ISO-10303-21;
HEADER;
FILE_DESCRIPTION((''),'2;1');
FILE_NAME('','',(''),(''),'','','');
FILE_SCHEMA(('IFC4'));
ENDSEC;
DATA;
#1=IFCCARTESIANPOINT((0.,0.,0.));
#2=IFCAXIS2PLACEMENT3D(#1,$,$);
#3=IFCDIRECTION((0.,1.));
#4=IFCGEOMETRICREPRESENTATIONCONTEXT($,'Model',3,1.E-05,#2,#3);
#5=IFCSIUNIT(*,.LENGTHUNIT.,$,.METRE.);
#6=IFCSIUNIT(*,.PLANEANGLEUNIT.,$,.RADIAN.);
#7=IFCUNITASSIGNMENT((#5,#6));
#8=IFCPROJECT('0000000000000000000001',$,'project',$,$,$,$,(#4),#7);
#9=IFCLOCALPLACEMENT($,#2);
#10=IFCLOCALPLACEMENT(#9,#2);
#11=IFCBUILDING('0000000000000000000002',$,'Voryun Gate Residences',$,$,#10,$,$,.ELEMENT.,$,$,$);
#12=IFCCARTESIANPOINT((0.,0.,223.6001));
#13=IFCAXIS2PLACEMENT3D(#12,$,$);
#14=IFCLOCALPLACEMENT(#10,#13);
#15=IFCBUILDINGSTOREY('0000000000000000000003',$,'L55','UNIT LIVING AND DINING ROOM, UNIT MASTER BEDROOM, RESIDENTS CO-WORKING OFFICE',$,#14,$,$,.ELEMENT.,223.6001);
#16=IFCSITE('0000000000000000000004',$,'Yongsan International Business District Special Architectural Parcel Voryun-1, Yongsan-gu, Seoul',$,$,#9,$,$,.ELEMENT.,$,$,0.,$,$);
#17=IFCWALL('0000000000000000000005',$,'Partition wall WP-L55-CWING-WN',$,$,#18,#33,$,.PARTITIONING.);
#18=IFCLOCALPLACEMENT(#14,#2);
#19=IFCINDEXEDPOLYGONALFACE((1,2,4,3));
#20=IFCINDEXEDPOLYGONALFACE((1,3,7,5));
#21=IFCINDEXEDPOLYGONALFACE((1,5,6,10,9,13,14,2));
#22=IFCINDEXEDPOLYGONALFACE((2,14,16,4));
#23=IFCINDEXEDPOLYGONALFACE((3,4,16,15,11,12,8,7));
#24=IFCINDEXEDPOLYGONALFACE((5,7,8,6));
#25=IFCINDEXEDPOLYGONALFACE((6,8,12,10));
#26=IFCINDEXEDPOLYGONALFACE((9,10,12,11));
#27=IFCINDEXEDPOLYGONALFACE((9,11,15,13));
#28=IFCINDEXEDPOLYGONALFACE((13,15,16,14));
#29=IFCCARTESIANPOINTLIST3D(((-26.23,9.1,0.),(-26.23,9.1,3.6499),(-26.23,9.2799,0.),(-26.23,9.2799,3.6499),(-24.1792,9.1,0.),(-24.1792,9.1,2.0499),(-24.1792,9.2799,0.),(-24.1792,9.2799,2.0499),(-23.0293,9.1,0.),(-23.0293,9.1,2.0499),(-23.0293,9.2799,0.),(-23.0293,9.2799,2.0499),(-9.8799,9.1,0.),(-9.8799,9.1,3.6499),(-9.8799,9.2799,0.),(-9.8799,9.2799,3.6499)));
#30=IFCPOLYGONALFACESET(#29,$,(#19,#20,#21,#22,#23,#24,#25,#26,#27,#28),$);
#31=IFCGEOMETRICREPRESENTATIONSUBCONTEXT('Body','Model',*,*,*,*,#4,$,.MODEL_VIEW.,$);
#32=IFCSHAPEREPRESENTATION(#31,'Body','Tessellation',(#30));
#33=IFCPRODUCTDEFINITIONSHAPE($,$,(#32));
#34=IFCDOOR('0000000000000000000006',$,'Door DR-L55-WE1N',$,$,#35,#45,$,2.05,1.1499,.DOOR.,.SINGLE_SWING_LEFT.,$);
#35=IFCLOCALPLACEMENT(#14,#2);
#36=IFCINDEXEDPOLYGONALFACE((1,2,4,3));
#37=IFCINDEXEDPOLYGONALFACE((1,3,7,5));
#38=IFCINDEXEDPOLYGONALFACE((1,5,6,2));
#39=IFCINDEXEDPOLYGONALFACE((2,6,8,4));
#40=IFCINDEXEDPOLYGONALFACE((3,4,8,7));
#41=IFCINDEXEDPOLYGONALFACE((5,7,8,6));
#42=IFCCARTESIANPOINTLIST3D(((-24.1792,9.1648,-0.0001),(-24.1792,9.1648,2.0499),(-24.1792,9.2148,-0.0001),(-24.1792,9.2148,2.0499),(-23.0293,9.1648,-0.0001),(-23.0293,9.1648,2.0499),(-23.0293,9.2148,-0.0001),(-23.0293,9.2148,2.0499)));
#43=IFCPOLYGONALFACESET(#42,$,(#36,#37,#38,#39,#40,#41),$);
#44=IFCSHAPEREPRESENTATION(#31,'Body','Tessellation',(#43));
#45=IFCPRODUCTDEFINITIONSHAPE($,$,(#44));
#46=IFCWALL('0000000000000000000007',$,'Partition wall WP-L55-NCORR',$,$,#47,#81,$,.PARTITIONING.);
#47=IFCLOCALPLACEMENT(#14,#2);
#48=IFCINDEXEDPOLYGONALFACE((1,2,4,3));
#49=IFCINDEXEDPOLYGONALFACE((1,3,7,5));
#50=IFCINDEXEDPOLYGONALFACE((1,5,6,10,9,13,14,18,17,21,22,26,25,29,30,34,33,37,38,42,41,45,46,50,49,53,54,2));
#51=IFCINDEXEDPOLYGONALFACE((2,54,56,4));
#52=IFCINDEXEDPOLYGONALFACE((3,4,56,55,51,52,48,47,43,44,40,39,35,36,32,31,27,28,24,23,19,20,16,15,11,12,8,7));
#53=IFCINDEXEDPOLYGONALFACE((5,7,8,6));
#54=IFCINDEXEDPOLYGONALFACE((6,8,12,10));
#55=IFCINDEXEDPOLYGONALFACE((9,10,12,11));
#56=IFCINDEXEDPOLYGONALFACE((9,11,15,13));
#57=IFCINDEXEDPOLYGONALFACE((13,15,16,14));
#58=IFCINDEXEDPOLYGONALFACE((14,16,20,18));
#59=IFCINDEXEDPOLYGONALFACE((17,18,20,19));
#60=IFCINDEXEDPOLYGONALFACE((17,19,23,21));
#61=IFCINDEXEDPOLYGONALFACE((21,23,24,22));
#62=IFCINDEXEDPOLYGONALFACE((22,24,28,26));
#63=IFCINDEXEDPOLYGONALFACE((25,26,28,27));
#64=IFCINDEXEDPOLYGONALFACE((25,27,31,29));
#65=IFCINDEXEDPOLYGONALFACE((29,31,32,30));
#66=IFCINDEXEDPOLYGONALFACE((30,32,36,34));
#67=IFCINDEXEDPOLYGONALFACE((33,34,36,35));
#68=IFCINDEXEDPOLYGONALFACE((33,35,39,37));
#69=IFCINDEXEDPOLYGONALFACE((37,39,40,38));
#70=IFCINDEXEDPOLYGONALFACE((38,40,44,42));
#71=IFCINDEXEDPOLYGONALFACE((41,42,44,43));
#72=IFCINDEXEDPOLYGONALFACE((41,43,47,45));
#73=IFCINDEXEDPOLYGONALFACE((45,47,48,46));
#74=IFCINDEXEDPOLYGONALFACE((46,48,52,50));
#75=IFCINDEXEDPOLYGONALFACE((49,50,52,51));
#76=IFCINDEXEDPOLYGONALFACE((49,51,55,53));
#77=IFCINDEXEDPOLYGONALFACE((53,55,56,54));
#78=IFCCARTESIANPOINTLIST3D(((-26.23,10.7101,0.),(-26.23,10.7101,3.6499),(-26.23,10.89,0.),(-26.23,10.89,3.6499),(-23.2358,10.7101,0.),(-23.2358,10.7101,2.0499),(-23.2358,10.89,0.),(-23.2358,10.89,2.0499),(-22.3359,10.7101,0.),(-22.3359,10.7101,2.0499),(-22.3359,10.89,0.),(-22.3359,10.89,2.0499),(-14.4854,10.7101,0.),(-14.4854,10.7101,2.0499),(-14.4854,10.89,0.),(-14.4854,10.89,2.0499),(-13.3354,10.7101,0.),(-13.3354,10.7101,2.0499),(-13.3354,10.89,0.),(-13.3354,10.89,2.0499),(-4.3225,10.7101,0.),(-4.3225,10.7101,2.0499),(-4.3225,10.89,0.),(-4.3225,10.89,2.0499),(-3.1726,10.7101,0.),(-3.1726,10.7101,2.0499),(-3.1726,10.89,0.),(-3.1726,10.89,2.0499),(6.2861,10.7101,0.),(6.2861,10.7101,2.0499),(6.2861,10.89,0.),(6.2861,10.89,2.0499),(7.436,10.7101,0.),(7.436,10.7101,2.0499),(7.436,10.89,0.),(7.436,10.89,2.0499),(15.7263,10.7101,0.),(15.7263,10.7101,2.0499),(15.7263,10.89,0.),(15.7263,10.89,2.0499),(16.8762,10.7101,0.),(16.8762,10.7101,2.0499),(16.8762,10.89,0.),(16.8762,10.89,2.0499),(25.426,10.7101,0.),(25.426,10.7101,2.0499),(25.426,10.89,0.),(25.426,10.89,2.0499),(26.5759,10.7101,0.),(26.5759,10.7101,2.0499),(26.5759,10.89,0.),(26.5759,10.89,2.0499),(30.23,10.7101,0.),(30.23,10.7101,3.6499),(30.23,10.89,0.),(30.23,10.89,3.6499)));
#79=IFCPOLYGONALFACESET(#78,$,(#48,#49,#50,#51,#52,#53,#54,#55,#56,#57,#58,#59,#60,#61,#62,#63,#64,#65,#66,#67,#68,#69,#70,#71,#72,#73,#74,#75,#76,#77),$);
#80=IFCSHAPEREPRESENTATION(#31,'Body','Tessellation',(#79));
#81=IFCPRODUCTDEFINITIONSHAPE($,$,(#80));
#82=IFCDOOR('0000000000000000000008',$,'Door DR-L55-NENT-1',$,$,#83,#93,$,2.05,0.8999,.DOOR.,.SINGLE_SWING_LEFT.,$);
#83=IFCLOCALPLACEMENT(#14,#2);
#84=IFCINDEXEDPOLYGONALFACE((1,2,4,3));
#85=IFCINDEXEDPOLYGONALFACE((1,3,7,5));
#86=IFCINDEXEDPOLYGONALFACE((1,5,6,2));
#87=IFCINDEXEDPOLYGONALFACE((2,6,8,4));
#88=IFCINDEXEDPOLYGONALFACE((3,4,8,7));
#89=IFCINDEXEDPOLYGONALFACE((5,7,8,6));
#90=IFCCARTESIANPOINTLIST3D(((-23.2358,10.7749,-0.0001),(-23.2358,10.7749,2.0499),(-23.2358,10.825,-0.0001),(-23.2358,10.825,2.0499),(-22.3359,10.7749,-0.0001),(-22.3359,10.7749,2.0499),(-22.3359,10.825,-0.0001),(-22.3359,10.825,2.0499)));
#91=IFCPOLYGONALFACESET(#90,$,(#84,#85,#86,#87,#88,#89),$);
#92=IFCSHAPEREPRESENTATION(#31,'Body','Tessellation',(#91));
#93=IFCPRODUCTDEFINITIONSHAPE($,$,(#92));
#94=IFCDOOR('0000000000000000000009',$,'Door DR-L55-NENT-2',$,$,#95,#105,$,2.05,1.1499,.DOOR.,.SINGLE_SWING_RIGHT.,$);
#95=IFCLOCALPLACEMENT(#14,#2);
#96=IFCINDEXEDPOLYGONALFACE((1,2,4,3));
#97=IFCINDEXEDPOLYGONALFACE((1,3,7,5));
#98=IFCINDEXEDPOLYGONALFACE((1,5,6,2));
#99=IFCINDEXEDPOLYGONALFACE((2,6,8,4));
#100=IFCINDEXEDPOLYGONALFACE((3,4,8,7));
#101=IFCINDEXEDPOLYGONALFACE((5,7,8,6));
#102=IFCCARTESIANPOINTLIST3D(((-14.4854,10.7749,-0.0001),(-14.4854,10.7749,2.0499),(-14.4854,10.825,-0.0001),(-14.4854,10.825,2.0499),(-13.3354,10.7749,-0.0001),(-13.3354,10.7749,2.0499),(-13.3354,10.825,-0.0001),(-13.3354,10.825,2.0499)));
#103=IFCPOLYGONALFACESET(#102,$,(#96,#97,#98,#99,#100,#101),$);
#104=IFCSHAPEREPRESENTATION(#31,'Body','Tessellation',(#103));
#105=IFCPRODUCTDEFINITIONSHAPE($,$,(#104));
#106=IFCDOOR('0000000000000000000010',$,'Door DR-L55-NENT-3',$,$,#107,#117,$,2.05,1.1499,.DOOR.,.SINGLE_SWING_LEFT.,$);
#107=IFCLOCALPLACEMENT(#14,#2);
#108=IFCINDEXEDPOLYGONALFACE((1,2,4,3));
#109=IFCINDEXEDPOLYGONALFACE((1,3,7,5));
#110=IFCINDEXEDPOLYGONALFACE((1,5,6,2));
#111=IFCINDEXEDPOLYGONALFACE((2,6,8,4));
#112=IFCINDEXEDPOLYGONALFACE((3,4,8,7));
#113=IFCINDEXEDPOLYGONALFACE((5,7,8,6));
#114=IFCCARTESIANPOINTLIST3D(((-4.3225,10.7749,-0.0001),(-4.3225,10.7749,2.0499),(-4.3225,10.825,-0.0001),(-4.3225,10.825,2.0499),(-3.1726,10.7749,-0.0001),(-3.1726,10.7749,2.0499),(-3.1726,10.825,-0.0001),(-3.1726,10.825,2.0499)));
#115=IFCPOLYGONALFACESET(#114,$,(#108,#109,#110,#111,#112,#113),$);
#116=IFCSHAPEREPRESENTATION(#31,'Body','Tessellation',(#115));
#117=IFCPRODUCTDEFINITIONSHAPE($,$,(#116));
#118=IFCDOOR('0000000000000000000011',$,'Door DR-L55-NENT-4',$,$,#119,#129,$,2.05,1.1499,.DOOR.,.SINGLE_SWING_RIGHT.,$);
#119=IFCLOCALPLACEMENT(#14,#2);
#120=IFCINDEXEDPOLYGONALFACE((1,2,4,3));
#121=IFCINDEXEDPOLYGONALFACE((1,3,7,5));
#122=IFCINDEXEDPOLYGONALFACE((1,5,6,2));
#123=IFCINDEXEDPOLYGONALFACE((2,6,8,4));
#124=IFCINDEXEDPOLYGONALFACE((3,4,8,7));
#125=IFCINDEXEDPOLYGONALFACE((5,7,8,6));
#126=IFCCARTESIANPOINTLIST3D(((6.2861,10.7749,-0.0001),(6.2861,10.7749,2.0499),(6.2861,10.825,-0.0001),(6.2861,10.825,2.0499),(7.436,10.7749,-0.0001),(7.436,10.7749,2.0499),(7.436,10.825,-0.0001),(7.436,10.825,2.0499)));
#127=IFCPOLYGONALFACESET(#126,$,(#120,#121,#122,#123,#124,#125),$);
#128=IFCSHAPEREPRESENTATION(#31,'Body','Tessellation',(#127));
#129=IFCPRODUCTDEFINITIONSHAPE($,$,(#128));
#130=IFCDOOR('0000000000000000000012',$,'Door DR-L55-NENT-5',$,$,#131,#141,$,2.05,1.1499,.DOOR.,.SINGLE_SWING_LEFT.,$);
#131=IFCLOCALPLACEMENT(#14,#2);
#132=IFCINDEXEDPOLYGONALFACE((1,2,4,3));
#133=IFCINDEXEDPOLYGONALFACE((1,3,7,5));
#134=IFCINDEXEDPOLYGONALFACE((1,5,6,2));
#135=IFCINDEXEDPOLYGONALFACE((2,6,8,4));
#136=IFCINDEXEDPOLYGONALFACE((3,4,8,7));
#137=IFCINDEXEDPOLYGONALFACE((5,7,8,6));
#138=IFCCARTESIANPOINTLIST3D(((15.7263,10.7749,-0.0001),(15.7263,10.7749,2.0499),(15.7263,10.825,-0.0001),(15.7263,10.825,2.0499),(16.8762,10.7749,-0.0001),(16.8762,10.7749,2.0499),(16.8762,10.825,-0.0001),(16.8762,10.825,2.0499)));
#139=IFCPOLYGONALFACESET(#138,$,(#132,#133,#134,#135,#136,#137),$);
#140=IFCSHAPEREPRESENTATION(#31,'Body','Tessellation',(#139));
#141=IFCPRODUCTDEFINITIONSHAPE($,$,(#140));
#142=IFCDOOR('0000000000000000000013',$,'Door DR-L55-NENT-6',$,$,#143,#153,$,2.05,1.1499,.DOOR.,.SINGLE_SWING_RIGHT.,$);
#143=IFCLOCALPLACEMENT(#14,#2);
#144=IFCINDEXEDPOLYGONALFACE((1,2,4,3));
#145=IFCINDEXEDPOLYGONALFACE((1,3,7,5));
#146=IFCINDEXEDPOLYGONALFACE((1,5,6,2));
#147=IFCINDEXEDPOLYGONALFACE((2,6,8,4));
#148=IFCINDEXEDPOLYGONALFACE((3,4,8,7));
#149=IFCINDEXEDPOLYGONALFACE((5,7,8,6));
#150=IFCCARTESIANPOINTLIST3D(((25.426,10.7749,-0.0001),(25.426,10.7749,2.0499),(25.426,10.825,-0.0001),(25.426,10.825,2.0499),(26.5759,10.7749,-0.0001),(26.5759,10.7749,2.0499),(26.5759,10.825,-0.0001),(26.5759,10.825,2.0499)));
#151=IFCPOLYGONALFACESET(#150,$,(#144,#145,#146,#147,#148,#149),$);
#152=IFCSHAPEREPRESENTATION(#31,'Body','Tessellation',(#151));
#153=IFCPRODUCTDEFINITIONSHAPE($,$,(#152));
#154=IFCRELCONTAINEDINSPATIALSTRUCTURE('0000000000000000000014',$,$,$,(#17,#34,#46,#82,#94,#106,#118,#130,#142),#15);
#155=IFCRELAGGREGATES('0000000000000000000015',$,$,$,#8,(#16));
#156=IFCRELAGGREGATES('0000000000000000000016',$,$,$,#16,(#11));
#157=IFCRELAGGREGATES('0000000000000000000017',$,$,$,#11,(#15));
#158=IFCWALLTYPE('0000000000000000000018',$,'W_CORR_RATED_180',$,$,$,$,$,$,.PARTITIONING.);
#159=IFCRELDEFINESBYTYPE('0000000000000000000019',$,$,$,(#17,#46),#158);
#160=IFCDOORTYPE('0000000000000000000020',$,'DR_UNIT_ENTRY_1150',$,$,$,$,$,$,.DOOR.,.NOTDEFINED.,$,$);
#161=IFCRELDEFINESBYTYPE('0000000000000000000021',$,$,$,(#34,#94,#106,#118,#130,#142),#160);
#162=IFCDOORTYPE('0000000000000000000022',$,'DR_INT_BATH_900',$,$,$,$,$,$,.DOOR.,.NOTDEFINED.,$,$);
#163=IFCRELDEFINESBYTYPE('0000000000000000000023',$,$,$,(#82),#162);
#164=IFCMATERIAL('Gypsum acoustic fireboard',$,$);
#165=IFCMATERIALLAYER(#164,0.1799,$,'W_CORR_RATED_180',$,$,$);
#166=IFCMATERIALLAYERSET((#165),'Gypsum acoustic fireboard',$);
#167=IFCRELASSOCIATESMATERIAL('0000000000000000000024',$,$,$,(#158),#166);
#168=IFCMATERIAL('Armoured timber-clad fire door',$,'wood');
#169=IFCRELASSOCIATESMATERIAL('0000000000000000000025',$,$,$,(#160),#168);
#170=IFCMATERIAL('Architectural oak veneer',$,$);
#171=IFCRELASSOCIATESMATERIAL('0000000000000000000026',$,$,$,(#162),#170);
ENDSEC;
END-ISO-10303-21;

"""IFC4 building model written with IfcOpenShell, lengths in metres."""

from ifc_helpers import new_model, si_unit, direction, frame, frame_2d, origin, place, context, subcontext, project, spatial, rectangle, extrude, material, layer, layer_set, type_object, element, fill, save


model = new_model("IFC4")

# Units and contexts
model_context = context("Model", 3, precision=1e-05, world=origin(), true_north=direction((0.0, 1.0)))
body_context = subcontext(model_context, "Body", "Model", "MODEL_VIEW")
ifc_project = project(units=[si_unit("LENGTHUNIT", "METRE"), si_unit("PLANEANGLEUNIT", "RADIAN")], contexts=[model_context])

# Site, building, storey
site_placement = place(None, origin())
site = spatial("IfcSite", under=ifc_project, at=site_placement, Name="Yongsan International Business District Special Architectural Parcel Voryun-1, Yongsan-gu, Seoul", CompositionType="ELEMENT", RefElevation=0.0)
building_placement = place(site_placement, origin())
building = spatial("IfcBuilding", under=site, at=building_placement, Name="Voryun Gate Residences", CompositionType="ELEMENT")
storey_placement = place(building_placement, frame((0.0, 0.0, 223.6001)))
storey = spatial("IfcBuildingStorey", under=building, at=storey_placement, Name="L55", Description="UNIT LIVING AND DINING ROOM, UNIT MASTER BEDROOM, RESIDENTS CO-WORKING OFFICE", CompositionType="ELEMENT", Elevation=223.6001)

# Wall, opening, door
ifc_material_1 = material(Name="Gypsum acoustic fireboard")
ifc_layer_1 = layer(ifc_material_1, 0.1799, Name="W_CORR_RATED_180")
ifc_layer_set_1 = layer_set([ifc_layer_1], Name="Gypsum acoustic fireboard")
wall_type_1 = type_object("IfcWallType", Name="W_CORR_RATED_180", PredefinedType="PARTITIONING", material=ifc_layer_set_1)
wall_1_placement = place(storey_placement, frame((-26.23, 9.1899, 0.0), z_axis=(0.0, 0.0, 1.0), x_axis=(1.0, 0.0, 0.0)))
wall_1 = element("IfcWall", 1, at=wall_1_placement, inside=storey, type_object=wall_type_1, Name="Partition wall WP-L55-CWING-WN", PredefinedType="PARTITIONING", context=body_context, shape_type="SweptSolid", body=[
    extrude(rectangle(XDim=16.3501, YDim=0.1799, at=frame_2d((8.175, 0.0))), origin(), (0.0, 0.0, 1.0), 3.6499),
])
opening_1_placement = place(wall_1_placement, frame((2.0508, 0.0, 0.0)))
opening_1 = element("IfcOpeningElement", 2, at=opening_1_placement, cuts=wall_1, PredefinedType="OPENING", context=body_context, shape_type="SweptSolid", body=[
    extrude(rectangle(XDim=1.1499, YDim=2.05, at=frame_2d((0.575, 1.0249))), frame((0.0, 0.0999, 0.0), z_axis=(0.0, -1.0, 0.0), x_axis=(1.0, 0.0, 0.0)), (0.0, 0.0, 1.0), 0.2),
])
ifc_material_2 = material(Name="Armoured timber-clad fire door", Category="wood")
door_type_1 = type_object("IfcDoorType", Name="DR_UNIT_ENTRY_1150", OperationType="NOTDEFINED", PredefinedType="DOOR", material=ifc_material_2)
door_1_placement = place(opening_1_placement, origin())
door_1 = element("IfcDoor", 3, at=door_1_placement, inside=storey, type_object=door_type_1, Name="Door DR-L55-WE1N", OperationType="SINGLE_SWING_LEFT", OverallHeight=2.05, OverallWidth=1.1499, PredefinedType="DOOR", context=body_context, shape_type="SweptSolid", body=[
    extrude(rectangle(XDim=1.1499, YDim=2.05, at=frame_2d((0.575, 1.0249))), frame((0.0, 0.0249, 0.0), z_axis=(0.0, -1.0, 0.0), x_axis=(1.0, 0.0, 0.0)), (0.0, 0.0, 1.0), 0.05),
])
fill(opening_1, door_1)

# Wall, openings, doors
wall_2_placement = place(storey_placement, frame((-26.23, 10.8, 0.0), z_axis=(0.0, 0.0, 1.0), x_axis=(1.0, 0.0, 0.0)))
wall_2 = element("IfcWall", 4, at=wall_2_placement, inside=storey, type_object=wall_type_1, Name="Partition wall WP-L55-NCORR", PredefinedType="PARTITIONING", context=body_context, shape_type="SweptSolid", body=[
    extrude(rectangle(XDim=56.46, YDim=0.1799, at=frame_2d((28.23, 0.0))), origin(), (0.0, 0.0, 1.0), 3.6499),
])
opening_2_placement = place(wall_2_placement, frame((2.9941, 0.0, 0.0)))
opening_2 = element("IfcOpeningElement", 5, at=opening_2_placement, cuts=wall_2, PredefinedType="OPENING", context=body_context, shape_type="SweptSolid", body=[
    extrude(rectangle(XDim=0.8999, YDim=2.05, at=frame_2d((0.45, 1.0249))), frame((0.0, 0.0999, 0.0), z_axis=(0.0, -1.0, 0.0), x_axis=(1.0, 0.0, 0.0)), (0.0, 0.0, 1.0), 0.2),
])
opening_3_placement = place(wall_2_placement, frame((11.7446, 0.0, 0.0)))
opening_3 = element("IfcOpeningElement", 6, at=opening_3_placement, cuts=wall_2, PredefinedType="OPENING", context=body_context, shape_type="SweptSolid", body=[
    extrude(rectangle(XDim=1.1499, YDim=2.05, at=frame_2d((0.575, 1.0249))), frame((0.0, 0.0999, 0.0), z_axis=(0.0, -1.0, 0.0), x_axis=(1.0, 0.0, 0.0)), (0.0, 0.0, 1.0), 0.2),
])
opening_4_placement = place(wall_2_placement, frame((21.9075, 0.0, 0.0)))
opening_4 = element("IfcOpeningElement", 7, at=opening_4_placement, cuts=wall_2, PredefinedType="OPENING", context=body_context, shape_type="SweptSolid", body=[
    extrude(rectangle(XDim=1.1499, YDim=2.05, at=frame_2d((0.575, 1.0249))), frame((0.0, 0.0999, 0.0), z_axis=(0.0, -1.0, 0.0), x_axis=(1.0, 0.0, 0.0)), (0.0, 0.0, 1.0), 0.2),
])
opening_5_placement = place(wall_2_placement, frame((32.5161, 0.0, 0.0)))
opening_5 = element("IfcOpeningElement", 8, at=opening_5_placement, cuts=wall_2, PredefinedType="OPENING", context=body_context, shape_type="SweptSolid", body=[
    extrude(rectangle(XDim=1.1499, YDim=2.05, at=frame_2d((0.575, 1.0249))), frame((0.0, 0.0999, 0.0), z_axis=(0.0, -1.0, 0.0), x_axis=(1.0, 0.0, 0.0)), (0.0, 0.0, 1.0), 0.2),
])
opening_6_placement = place(wall_2_placement, frame((41.9563, 0.0, 0.0)))
opening_6 = element("IfcOpeningElement", 9, at=opening_6_placement, cuts=wall_2, PredefinedType="OPENING", context=body_context, shape_type="SweptSolid", body=[
    extrude(rectangle(XDim=1.1499, YDim=2.05, at=frame_2d((0.575, 1.0249))), frame((0.0, 0.0999, 0.0), z_axis=(0.0, -1.0, 0.0), x_axis=(1.0, 0.0, 0.0)), (0.0, 0.0, 1.0), 0.2),
])
opening_7_placement = place(wall_2_placement, frame((51.656, 0.0, 0.0)))
opening_7 = element("IfcOpeningElement", 10, at=opening_7_placement, cuts=wall_2, PredefinedType="OPENING", context=body_context, shape_type="SweptSolid", body=[
    extrude(rectangle(XDim=1.1499, YDim=2.05, at=frame_2d((0.575, 1.0249))), frame((0.0, 0.0999, 0.0), z_axis=(0.0, -1.0, 0.0), x_axis=(1.0, 0.0, 0.0)), (0.0, 0.0, 1.0), 0.2),
])
ifc_material_3 = material(Name="Architectural oak veneer")
door_type_2 = type_object("IfcDoorType", Name="DR_INT_BATH_900", OperationType="NOTDEFINED", PredefinedType="DOOR", material=ifc_material_3)
door_2_placement = place(opening_2_placement, origin())
door_2 = element("IfcDoor", 11, at=door_2_placement, inside=storey, type_object=door_type_2, Name="Door DR-L55-NENT-1", OperationType="SINGLE_SWING_LEFT", OverallHeight=2.05, OverallWidth=0.8999, PredefinedType="DOOR", context=body_context, shape_type="SweptSolid", body=[
    extrude(rectangle(XDim=0.8999, YDim=2.05, at=frame_2d((0.45, 1.0249))), frame((0.0, 0.0249, 0.0), z_axis=(0.0, -1.0, 0.0), x_axis=(1.0, 0.0, 0.0)), (0.0, 0.0, 1.0), 0.05),
])
fill(opening_2, door_2)
door_3_placement = place(opening_3_placement, origin())
door_3 = element("IfcDoor", 12, at=door_3_placement, inside=storey, type_object=door_type_1, Name="Door DR-L55-NENT-2", OperationType="SINGLE_SWING_RIGHT", OverallHeight=2.05, OverallWidth=1.1499, PredefinedType="DOOR", context=body_context, shape_type="SweptSolid", body=[
    extrude(rectangle(XDim=1.1499, YDim=2.05, at=frame_2d((0.575, 1.0249))), frame((0.0, 0.0249, 0.0), z_axis=(0.0, -1.0, 0.0), x_axis=(1.0, 0.0, 0.0)), (0.0, 0.0, 1.0), 0.05),
])
fill(opening_3, door_3)
door_4_placement = place(opening_4_placement, origin())
door_4 = element("IfcDoor", 13, at=door_4_placement, inside=storey, type_object=door_type_1, Name="Door DR-L55-NENT-3", OperationType="SINGLE_SWING_LEFT", OverallHeight=2.05, OverallWidth=1.1499, PredefinedType="DOOR", context=body_context, shape_type="SweptSolid", body=[
    extrude(rectangle(XDim=1.1499, YDim=2.05, at=frame_2d((0.575, 1.0249))), frame((0.0, 0.0249, 0.0), z_axis=(0.0, -1.0, 0.0), x_axis=(1.0, 0.0, 0.0)), (0.0, 0.0, 1.0), 0.05),
])
fill(opening_4, door_4)
door_5_placement = place(opening_5_placement, origin())
door_5 = element("IfcDoor", 14, at=door_5_placement, inside=storey, type_object=door_type_1, Name="Door DR-L55-NENT-4", OperationType="SINGLE_SWING_RIGHT", OverallHeight=2.05, OverallWidth=1.1499, PredefinedType="DOOR", context=body_context, shape_type="SweptSolid", body=[
    extrude(rectangle(XDim=1.1499, YDim=2.05, at=frame_2d((0.575, 1.0249))), frame((0.0, 0.0249, 0.0), z_axis=(0.0, -1.0, 0.0), x_axis=(1.0, 0.0, 0.0)), (0.0, 0.0, 1.0), 0.05),
])
fill(opening_5, door_5)
door_6_placement = place(opening_6_placement, origin())
door_6 = element("IfcDoor", 15, at=door_6_placement, inside=storey, type_object=door_type_1, Name="Door DR-L55-NENT-5", OperationType="SINGLE_SWING_LEFT", OverallHeight=2.05, OverallWidth=1.1499, PredefinedType="DOOR", context=body_context, shape_type="SweptSolid", body=[
    extrude(rectangle(XDim=1.1499, YDim=2.05, at=frame_2d((0.575, 1.0249))), frame((0.0, 0.0249, 0.0), z_axis=(0.0, -1.0, 0.0), x_axis=(1.0, 0.0, 0.0)), (0.0, 0.0, 1.0), 0.05),
])
fill(opening_6, door_6)
door_7_placement = place(opening_7_placement, origin())
door_7 = element("IfcDoor", 16, at=door_7_placement, inside=storey, type_object=door_type_1, Name="Door DR-L55-NENT-6", OperationType="SINGLE_SWING_RIGHT", OverallHeight=2.05, OverallWidth=1.1499, PredefinedType="DOOR", context=body_context, shape_type="SweptSolid", body=[
    extrude(rectangle(XDim=1.1499, YDim=2.05, at=frame_2d((0.575, 1.0249))), frame((0.0, 0.0249, 0.0), z_axis=(0.0, -1.0, 0.0), x_axis=(1.0, 0.0, 0.0)), (0.0, 0.0, 1.0), 0.05),
])
fill(opening_7, door_7)

save(model, "model.ifc")
